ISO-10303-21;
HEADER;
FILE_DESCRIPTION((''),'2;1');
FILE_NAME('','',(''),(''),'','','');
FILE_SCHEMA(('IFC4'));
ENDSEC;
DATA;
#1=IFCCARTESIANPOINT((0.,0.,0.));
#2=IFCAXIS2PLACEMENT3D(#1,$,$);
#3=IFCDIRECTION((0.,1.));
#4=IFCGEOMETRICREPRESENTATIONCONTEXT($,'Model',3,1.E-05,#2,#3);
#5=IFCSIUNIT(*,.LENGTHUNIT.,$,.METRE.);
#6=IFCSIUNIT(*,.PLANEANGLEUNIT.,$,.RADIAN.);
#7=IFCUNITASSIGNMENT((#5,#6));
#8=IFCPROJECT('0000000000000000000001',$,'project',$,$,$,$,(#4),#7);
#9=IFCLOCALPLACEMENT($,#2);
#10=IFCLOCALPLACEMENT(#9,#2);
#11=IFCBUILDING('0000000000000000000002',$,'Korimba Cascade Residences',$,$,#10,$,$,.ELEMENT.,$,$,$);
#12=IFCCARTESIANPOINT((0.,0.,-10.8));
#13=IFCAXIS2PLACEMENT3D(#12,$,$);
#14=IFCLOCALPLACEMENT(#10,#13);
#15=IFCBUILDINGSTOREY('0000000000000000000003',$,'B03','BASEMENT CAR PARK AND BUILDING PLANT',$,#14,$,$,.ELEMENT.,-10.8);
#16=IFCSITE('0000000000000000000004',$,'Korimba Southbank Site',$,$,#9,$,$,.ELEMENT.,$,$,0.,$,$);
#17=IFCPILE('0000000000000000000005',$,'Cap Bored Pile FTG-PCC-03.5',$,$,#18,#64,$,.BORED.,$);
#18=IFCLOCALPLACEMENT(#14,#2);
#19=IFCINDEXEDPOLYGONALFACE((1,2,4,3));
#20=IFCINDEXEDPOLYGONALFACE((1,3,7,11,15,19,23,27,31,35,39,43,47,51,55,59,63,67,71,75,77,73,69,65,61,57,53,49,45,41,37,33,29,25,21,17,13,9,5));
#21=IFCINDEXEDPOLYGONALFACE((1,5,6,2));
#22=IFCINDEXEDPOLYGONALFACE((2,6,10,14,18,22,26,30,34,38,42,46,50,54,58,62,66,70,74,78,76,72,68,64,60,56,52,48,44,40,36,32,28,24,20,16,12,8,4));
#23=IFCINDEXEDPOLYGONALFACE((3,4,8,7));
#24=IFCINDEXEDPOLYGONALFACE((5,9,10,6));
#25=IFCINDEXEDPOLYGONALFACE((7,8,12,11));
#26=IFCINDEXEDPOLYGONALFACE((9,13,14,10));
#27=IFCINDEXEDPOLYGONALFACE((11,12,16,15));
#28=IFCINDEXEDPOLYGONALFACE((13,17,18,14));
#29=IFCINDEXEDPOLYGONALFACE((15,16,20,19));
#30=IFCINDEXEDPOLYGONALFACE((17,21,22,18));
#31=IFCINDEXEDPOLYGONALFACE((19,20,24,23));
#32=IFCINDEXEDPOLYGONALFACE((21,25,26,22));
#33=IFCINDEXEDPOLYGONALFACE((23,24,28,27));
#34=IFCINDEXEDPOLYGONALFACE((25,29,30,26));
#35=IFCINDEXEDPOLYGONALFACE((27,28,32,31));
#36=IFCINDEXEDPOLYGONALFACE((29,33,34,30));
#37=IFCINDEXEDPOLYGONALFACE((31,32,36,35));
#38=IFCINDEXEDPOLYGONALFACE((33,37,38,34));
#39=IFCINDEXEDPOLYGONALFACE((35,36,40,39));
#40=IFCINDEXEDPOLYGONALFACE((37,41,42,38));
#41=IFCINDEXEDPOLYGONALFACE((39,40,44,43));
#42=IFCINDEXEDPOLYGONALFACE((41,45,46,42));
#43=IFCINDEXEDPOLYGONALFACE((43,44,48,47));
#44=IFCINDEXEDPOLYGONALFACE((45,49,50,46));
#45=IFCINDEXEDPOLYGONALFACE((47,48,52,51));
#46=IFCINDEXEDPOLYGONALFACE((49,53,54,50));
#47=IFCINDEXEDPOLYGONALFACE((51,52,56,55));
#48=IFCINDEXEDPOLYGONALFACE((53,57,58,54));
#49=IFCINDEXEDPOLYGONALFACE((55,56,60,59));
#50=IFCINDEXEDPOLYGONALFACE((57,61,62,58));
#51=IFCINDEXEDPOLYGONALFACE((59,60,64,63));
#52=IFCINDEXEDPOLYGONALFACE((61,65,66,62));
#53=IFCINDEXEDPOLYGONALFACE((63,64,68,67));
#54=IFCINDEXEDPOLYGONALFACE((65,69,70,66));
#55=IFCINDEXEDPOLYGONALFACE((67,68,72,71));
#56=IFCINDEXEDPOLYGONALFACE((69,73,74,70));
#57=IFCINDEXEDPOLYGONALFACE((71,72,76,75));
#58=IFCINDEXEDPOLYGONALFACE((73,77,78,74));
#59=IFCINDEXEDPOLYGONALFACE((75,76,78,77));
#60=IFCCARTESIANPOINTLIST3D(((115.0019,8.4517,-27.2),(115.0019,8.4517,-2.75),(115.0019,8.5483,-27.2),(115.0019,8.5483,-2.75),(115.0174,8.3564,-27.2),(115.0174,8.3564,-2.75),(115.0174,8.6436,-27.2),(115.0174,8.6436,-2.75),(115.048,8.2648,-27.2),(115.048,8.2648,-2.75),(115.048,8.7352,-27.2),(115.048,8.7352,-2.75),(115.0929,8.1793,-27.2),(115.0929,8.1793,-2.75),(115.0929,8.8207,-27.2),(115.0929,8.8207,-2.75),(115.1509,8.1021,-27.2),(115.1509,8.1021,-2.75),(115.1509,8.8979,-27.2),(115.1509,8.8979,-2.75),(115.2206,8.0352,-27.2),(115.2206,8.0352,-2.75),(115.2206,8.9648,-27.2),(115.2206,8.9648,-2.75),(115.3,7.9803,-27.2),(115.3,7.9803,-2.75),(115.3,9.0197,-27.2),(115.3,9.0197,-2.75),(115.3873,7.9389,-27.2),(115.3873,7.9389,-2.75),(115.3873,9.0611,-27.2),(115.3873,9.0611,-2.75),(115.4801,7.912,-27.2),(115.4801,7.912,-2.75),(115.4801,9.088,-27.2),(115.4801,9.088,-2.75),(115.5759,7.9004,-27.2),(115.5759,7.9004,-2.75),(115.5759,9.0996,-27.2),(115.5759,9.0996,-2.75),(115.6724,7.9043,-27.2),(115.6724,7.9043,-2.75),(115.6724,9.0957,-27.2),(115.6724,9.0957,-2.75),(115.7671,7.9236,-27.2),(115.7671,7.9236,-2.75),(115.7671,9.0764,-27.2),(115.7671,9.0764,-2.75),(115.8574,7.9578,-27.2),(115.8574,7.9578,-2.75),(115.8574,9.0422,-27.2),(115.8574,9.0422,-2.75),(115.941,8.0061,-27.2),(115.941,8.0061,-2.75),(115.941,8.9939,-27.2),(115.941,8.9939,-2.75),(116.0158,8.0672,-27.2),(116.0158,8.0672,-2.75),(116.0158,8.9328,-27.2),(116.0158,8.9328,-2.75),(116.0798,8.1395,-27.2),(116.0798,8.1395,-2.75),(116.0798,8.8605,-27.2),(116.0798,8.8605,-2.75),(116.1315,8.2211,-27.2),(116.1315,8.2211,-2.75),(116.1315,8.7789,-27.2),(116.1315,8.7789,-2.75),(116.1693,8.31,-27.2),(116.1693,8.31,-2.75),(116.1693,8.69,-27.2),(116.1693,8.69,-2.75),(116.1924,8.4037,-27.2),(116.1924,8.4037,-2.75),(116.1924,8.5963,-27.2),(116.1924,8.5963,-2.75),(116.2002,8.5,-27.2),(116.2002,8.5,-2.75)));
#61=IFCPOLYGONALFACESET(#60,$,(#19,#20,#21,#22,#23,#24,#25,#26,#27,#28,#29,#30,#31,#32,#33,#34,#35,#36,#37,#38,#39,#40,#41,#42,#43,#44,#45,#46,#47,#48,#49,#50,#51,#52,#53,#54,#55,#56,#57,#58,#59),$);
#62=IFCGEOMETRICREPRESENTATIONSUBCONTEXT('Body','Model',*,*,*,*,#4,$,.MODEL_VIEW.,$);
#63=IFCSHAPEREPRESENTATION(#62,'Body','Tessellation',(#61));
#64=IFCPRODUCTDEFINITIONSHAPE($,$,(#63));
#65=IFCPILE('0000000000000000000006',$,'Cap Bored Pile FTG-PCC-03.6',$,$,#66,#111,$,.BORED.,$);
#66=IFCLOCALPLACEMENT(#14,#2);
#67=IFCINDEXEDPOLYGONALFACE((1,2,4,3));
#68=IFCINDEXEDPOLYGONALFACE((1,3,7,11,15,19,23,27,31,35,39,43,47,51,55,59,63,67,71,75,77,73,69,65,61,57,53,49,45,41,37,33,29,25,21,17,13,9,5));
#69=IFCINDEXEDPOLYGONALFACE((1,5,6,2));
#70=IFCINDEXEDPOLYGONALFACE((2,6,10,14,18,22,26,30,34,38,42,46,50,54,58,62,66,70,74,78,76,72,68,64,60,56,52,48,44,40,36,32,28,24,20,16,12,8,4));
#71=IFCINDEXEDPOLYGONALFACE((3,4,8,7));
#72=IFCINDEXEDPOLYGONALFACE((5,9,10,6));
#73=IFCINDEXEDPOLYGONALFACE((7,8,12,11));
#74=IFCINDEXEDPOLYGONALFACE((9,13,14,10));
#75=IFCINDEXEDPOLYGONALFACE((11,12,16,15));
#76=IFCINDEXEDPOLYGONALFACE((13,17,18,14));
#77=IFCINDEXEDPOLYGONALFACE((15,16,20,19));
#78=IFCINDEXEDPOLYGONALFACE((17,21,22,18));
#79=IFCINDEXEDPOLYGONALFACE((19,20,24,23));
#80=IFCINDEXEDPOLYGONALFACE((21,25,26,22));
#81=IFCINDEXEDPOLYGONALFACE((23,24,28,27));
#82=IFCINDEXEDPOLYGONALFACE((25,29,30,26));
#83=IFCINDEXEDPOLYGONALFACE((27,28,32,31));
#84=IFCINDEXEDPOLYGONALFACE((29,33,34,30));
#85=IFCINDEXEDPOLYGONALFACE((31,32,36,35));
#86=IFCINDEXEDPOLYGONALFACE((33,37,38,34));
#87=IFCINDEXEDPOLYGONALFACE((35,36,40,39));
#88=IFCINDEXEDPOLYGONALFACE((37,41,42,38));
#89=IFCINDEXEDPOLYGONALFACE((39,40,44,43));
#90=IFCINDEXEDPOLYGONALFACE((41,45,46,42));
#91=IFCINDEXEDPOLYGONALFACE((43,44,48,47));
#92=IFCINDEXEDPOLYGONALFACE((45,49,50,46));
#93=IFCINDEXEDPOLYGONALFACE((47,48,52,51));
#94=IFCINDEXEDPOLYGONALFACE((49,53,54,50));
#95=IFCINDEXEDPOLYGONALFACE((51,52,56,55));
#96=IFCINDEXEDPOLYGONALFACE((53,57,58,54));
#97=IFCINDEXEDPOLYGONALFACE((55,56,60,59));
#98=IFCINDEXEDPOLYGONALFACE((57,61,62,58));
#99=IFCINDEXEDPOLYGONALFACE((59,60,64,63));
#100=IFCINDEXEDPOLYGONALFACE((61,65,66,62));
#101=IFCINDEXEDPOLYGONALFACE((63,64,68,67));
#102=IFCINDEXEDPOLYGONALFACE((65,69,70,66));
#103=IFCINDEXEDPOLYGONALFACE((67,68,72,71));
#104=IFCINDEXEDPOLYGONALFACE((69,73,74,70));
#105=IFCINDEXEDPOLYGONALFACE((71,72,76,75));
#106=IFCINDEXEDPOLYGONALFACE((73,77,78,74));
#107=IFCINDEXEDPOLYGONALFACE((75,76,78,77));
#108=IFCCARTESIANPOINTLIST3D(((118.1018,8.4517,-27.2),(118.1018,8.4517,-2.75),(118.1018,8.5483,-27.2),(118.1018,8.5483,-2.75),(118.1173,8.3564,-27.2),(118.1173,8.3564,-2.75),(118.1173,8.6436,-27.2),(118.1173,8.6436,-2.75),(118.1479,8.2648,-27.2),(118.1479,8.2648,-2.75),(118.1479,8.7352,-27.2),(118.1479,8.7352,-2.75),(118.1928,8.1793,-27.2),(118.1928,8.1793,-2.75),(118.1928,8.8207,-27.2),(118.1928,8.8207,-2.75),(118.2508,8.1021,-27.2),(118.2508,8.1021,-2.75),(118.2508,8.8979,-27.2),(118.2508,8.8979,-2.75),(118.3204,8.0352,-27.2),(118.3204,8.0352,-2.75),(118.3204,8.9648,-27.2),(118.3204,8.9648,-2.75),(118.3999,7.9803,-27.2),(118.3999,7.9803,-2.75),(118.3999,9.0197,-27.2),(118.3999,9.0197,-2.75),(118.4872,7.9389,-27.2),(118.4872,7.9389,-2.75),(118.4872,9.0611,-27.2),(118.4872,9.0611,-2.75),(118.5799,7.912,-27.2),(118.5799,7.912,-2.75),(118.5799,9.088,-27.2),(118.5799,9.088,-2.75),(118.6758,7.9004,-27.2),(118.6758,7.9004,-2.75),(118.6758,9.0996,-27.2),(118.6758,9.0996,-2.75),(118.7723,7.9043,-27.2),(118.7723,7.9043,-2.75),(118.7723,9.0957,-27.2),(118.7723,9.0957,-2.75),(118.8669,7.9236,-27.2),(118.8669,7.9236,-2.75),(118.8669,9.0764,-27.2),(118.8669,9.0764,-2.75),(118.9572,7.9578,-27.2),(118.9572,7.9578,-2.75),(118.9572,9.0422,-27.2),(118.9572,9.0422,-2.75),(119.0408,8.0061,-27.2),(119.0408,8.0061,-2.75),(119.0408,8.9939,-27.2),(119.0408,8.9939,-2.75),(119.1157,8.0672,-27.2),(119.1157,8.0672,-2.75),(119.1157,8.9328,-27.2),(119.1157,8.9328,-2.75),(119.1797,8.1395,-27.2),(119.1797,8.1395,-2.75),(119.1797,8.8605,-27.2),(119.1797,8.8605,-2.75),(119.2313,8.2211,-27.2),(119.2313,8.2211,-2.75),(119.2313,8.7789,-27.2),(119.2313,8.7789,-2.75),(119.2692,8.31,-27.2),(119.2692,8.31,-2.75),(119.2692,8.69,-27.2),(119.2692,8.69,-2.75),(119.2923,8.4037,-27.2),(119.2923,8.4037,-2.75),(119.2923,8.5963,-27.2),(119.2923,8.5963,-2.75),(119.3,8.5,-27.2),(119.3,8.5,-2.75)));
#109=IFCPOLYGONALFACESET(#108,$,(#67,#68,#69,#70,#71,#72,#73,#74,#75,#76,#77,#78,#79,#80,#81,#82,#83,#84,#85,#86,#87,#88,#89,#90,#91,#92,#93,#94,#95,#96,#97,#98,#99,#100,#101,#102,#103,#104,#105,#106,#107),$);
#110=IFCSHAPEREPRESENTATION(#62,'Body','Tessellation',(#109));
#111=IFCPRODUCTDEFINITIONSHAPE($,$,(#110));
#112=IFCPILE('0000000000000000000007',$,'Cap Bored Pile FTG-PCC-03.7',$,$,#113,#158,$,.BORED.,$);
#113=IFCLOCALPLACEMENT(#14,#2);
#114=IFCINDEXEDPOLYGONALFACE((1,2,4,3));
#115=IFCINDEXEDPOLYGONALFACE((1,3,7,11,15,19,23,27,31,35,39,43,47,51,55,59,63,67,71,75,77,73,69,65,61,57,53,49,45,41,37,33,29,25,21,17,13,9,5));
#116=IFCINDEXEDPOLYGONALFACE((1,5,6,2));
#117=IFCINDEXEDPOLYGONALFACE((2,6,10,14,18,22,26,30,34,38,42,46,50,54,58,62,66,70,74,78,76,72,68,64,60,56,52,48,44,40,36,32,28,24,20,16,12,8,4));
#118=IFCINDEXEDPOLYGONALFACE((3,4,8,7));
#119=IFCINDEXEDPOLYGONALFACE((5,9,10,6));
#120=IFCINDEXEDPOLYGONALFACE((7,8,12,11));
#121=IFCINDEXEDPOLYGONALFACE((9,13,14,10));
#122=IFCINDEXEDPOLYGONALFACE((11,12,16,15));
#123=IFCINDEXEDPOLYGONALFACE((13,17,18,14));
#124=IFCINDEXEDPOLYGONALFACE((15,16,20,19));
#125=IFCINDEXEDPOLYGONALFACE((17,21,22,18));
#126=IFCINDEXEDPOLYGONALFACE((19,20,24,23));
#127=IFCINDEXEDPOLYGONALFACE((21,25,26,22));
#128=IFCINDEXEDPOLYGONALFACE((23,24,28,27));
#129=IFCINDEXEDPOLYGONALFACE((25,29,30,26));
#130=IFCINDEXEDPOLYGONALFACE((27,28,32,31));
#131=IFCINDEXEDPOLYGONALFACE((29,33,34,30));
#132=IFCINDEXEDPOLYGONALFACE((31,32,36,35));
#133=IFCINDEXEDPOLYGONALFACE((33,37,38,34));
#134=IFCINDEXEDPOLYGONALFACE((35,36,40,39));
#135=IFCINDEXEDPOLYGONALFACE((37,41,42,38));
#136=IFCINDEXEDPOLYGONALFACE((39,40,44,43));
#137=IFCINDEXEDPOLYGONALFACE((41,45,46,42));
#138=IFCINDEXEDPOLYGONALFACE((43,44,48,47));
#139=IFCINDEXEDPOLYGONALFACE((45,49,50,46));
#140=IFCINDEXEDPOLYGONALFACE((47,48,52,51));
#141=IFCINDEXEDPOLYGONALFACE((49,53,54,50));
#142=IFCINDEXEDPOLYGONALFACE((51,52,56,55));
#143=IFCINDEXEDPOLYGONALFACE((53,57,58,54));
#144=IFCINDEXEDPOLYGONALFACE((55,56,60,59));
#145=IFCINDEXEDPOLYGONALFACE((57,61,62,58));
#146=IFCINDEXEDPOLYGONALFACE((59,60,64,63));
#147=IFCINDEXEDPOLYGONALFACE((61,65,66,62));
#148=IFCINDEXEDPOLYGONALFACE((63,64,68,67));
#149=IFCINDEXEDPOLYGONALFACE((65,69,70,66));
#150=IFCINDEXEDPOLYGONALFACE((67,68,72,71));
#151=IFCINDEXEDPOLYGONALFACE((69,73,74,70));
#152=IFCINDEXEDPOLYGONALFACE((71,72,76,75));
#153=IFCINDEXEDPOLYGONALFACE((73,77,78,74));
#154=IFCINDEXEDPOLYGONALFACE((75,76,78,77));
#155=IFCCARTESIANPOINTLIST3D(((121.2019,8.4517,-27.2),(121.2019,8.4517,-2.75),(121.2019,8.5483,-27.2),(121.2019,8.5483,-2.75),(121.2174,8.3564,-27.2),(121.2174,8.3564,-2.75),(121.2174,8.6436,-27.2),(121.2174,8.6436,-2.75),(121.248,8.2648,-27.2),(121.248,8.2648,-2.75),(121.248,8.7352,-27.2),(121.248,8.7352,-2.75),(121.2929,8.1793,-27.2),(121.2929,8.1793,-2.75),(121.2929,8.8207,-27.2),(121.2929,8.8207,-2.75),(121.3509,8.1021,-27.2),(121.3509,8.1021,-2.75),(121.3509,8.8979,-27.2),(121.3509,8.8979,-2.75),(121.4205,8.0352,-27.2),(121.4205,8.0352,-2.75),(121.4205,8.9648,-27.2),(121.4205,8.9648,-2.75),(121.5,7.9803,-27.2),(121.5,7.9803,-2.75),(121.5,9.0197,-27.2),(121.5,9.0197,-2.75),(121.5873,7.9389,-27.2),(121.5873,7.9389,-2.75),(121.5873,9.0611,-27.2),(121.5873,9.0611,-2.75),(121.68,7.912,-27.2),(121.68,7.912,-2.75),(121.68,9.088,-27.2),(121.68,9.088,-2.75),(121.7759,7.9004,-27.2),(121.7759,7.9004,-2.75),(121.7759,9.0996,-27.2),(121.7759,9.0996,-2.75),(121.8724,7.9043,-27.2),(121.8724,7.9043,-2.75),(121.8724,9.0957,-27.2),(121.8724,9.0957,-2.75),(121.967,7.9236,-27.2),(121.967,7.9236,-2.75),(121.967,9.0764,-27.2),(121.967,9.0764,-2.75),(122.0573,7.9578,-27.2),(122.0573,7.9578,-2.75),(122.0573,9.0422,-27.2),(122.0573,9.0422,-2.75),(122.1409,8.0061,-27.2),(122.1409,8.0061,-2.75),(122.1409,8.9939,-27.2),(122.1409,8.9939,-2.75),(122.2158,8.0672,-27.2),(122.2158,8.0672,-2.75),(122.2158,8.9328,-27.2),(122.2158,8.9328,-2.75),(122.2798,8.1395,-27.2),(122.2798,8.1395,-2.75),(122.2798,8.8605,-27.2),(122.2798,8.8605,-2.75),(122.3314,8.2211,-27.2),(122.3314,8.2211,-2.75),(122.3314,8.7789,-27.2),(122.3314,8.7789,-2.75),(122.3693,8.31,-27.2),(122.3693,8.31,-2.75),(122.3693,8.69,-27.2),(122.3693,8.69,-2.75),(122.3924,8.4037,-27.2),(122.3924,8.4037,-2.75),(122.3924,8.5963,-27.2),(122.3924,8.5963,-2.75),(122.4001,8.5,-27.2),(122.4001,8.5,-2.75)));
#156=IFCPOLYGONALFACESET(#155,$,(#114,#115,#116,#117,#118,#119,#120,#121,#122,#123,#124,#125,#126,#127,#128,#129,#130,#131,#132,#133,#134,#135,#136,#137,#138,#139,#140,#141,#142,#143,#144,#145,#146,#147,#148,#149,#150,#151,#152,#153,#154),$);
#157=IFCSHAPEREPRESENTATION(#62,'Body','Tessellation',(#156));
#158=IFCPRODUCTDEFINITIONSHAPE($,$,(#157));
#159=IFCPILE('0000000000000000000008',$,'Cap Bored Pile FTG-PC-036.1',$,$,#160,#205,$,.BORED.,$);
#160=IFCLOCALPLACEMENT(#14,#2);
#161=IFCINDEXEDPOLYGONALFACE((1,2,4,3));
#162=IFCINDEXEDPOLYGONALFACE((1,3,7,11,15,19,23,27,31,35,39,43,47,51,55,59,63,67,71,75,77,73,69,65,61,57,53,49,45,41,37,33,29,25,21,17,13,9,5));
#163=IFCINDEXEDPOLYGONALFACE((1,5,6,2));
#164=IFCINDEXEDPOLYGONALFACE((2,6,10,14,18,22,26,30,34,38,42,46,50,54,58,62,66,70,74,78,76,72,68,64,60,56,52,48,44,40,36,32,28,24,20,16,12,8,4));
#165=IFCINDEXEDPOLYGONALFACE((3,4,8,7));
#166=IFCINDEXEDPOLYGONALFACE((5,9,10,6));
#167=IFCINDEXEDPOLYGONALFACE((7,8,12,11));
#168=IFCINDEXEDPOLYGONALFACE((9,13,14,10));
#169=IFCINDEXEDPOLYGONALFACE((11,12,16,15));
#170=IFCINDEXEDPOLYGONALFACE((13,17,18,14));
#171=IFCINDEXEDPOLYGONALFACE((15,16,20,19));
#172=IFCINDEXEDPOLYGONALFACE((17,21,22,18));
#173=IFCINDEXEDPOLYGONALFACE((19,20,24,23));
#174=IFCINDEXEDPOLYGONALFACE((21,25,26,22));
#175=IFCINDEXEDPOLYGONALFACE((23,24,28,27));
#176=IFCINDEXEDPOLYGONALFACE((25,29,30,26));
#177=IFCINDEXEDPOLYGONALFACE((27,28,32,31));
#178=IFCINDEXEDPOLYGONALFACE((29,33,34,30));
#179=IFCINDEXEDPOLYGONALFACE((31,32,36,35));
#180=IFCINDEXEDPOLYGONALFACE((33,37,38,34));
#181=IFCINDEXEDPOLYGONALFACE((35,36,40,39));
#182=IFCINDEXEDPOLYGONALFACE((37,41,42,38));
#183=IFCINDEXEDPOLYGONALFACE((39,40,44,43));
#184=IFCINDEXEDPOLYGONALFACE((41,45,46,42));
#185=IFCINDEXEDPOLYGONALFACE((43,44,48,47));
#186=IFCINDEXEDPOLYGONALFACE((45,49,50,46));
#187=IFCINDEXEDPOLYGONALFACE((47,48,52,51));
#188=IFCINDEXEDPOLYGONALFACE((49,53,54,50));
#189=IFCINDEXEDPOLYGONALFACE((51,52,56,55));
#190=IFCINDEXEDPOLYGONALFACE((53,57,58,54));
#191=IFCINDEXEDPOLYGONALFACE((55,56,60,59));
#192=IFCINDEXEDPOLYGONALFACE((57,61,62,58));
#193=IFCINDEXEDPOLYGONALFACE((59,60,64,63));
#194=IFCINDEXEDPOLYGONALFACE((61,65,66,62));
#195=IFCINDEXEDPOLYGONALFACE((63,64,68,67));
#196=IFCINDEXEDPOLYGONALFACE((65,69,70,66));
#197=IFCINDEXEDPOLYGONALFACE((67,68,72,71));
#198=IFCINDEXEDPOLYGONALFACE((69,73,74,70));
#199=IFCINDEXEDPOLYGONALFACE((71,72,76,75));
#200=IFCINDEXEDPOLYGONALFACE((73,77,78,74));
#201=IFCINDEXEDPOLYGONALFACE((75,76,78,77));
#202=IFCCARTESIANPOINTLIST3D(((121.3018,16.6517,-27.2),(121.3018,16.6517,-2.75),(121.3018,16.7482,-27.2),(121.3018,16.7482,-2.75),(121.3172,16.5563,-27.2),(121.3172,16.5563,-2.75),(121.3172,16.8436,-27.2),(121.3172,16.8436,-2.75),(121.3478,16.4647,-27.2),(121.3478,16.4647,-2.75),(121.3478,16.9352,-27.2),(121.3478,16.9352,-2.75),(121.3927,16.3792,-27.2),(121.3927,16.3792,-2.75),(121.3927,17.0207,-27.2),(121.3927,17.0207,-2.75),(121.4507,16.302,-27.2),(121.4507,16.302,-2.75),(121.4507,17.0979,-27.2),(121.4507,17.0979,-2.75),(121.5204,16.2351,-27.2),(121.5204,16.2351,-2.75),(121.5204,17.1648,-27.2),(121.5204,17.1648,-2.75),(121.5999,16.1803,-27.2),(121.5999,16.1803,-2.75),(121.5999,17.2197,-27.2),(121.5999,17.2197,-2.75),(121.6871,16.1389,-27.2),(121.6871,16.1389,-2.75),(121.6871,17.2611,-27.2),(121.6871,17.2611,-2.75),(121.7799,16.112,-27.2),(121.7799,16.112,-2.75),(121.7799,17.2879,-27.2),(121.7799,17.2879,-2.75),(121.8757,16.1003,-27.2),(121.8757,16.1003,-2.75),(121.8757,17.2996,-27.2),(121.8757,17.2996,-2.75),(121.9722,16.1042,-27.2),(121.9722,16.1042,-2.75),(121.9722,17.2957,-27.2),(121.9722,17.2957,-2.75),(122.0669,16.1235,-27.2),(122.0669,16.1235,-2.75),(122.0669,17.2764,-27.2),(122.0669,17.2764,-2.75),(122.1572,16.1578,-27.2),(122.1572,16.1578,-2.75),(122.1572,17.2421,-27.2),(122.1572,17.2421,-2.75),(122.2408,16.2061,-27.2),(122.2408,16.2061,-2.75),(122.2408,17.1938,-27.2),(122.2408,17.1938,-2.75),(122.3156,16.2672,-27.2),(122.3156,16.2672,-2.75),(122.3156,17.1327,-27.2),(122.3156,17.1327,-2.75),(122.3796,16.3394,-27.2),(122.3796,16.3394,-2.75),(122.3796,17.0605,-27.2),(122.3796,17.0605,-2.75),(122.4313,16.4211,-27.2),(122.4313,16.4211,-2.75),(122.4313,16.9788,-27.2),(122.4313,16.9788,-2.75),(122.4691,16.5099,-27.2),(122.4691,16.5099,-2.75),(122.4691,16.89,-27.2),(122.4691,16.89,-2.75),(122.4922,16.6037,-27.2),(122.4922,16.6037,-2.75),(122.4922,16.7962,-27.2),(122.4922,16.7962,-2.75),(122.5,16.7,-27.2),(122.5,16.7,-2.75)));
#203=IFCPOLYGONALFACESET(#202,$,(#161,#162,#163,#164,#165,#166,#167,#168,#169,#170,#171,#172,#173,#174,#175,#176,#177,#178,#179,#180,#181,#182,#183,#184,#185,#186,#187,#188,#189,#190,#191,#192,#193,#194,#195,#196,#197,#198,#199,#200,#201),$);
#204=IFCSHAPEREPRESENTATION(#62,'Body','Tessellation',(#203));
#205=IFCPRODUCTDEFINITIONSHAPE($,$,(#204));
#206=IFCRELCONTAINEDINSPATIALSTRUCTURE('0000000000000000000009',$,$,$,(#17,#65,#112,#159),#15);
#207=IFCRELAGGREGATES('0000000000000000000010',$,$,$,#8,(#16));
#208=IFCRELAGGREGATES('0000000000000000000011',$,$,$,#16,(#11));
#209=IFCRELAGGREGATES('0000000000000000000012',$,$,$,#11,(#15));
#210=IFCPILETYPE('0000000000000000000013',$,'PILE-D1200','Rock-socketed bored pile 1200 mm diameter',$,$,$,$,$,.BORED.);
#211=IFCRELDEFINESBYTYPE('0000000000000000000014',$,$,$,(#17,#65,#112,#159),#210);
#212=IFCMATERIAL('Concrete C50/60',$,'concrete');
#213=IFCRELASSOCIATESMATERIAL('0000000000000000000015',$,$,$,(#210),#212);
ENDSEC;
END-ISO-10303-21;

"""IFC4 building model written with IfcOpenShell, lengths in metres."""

from ifc_helpers import new_model, si_unit, direction, frame, origin, origin_2d, place, context, subcontext, project, spatial, circle, extrude, material, material_profile, profile_set, type_object, element, save


model = new_model("IFC4")

# Units and contexts
model_context = context("Model", 3, precision=1e-05, world=origin(), true_north=direction((0.0, 1.0)))
body_context = subcontext(model_context, "Body", "Model", "MODEL_VIEW")
ifc_project = project(units=[si_unit("LENGTHUNIT", "METRE"), si_unit("PLANEANGLEUNIT", "RADIAN")], contexts=[model_context])

# Site, building, storey
site_placement = place(None, origin())
site = spatial("IfcSite", under=ifc_project, at=site_placement, Name="Korimba Southbank Site", CompositionType="ELEMENT", RefElevation=0.0)
building_placement = place(site_placement, origin())
building = spatial("IfcBuilding", under=site, at=building_placement, Name="Korimba Cascade Residences", CompositionType="ELEMENT")
storey_placement = place(building_placement, frame((0.0, 0.0, -10.8)))
storey = spatial("IfcBuildingStorey", under=building, at=storey_placement, Name="B03", Description="BASEMENT CAR PARK AND BUILDING PLANT", CompositionType="ELEMENT", Elevation=-10.8)

# Piles
ifc_material_1 = material(Name="Concrete C50/60", Category="concrete")
ifc_material_profile_1 = material_profile(ifc_material_1, circle(Radius=0.6001, at=origin_2d()), Name="Concrete C50/60")
ifc_profile_set_1 = profile_set([ifc_material_profile_1], Name="Concrete C50/60")
pile_type_1 = type_object("IfcPileType", Name="PILE-D1200", Description="Rock-socketed bored pile 1200 mm diameter", PredefinedType="BORED", material=ifc_profile_set_1)
for number, where, z_axis, x_axis, name in (
    (1, (115.6001, 8.5, -2.75), (0.0, 0.0, -1.0), (1.0, 0.0, 0.0), "Cap Bored Pile FTG-PCC-03.5"),
    (2, (118.7, 8.5, -2.75), (0.0, 0.0, -1.0), (1.0, 0.0, 0.0), "Cap Bored Pile FTG-PCC-03.6"),
    (3, (121.8, 8.5, -2.75), (0.0, 0.0, -1.0), (1.0, 0.0, 0.0), "Cap Bored Pile FTG-PCC-03.7"),
    (4, (121.8999, 16.7, -2.75), (0.0, 0.0, -1.0), (1.0, 0.0, 0.0), "Cap Bored Pile FTG-PC-036.1"),
):
    element("IfcPile", number, at=place(storey_placement, frame(where, z_axis=z_axis, x_axis=x_axis)), inside=storey, type_object=pile_type_1, Name=name, PredefinedType="BORED", context=body_context, shape_type="SweptSolid", body=[
        extrude(circle(Radius=0.6001, at=origin_2d()), origin(), (0.0, 0.0, 1.0), 24.45),
    ])

save(model, "model.ifc")
